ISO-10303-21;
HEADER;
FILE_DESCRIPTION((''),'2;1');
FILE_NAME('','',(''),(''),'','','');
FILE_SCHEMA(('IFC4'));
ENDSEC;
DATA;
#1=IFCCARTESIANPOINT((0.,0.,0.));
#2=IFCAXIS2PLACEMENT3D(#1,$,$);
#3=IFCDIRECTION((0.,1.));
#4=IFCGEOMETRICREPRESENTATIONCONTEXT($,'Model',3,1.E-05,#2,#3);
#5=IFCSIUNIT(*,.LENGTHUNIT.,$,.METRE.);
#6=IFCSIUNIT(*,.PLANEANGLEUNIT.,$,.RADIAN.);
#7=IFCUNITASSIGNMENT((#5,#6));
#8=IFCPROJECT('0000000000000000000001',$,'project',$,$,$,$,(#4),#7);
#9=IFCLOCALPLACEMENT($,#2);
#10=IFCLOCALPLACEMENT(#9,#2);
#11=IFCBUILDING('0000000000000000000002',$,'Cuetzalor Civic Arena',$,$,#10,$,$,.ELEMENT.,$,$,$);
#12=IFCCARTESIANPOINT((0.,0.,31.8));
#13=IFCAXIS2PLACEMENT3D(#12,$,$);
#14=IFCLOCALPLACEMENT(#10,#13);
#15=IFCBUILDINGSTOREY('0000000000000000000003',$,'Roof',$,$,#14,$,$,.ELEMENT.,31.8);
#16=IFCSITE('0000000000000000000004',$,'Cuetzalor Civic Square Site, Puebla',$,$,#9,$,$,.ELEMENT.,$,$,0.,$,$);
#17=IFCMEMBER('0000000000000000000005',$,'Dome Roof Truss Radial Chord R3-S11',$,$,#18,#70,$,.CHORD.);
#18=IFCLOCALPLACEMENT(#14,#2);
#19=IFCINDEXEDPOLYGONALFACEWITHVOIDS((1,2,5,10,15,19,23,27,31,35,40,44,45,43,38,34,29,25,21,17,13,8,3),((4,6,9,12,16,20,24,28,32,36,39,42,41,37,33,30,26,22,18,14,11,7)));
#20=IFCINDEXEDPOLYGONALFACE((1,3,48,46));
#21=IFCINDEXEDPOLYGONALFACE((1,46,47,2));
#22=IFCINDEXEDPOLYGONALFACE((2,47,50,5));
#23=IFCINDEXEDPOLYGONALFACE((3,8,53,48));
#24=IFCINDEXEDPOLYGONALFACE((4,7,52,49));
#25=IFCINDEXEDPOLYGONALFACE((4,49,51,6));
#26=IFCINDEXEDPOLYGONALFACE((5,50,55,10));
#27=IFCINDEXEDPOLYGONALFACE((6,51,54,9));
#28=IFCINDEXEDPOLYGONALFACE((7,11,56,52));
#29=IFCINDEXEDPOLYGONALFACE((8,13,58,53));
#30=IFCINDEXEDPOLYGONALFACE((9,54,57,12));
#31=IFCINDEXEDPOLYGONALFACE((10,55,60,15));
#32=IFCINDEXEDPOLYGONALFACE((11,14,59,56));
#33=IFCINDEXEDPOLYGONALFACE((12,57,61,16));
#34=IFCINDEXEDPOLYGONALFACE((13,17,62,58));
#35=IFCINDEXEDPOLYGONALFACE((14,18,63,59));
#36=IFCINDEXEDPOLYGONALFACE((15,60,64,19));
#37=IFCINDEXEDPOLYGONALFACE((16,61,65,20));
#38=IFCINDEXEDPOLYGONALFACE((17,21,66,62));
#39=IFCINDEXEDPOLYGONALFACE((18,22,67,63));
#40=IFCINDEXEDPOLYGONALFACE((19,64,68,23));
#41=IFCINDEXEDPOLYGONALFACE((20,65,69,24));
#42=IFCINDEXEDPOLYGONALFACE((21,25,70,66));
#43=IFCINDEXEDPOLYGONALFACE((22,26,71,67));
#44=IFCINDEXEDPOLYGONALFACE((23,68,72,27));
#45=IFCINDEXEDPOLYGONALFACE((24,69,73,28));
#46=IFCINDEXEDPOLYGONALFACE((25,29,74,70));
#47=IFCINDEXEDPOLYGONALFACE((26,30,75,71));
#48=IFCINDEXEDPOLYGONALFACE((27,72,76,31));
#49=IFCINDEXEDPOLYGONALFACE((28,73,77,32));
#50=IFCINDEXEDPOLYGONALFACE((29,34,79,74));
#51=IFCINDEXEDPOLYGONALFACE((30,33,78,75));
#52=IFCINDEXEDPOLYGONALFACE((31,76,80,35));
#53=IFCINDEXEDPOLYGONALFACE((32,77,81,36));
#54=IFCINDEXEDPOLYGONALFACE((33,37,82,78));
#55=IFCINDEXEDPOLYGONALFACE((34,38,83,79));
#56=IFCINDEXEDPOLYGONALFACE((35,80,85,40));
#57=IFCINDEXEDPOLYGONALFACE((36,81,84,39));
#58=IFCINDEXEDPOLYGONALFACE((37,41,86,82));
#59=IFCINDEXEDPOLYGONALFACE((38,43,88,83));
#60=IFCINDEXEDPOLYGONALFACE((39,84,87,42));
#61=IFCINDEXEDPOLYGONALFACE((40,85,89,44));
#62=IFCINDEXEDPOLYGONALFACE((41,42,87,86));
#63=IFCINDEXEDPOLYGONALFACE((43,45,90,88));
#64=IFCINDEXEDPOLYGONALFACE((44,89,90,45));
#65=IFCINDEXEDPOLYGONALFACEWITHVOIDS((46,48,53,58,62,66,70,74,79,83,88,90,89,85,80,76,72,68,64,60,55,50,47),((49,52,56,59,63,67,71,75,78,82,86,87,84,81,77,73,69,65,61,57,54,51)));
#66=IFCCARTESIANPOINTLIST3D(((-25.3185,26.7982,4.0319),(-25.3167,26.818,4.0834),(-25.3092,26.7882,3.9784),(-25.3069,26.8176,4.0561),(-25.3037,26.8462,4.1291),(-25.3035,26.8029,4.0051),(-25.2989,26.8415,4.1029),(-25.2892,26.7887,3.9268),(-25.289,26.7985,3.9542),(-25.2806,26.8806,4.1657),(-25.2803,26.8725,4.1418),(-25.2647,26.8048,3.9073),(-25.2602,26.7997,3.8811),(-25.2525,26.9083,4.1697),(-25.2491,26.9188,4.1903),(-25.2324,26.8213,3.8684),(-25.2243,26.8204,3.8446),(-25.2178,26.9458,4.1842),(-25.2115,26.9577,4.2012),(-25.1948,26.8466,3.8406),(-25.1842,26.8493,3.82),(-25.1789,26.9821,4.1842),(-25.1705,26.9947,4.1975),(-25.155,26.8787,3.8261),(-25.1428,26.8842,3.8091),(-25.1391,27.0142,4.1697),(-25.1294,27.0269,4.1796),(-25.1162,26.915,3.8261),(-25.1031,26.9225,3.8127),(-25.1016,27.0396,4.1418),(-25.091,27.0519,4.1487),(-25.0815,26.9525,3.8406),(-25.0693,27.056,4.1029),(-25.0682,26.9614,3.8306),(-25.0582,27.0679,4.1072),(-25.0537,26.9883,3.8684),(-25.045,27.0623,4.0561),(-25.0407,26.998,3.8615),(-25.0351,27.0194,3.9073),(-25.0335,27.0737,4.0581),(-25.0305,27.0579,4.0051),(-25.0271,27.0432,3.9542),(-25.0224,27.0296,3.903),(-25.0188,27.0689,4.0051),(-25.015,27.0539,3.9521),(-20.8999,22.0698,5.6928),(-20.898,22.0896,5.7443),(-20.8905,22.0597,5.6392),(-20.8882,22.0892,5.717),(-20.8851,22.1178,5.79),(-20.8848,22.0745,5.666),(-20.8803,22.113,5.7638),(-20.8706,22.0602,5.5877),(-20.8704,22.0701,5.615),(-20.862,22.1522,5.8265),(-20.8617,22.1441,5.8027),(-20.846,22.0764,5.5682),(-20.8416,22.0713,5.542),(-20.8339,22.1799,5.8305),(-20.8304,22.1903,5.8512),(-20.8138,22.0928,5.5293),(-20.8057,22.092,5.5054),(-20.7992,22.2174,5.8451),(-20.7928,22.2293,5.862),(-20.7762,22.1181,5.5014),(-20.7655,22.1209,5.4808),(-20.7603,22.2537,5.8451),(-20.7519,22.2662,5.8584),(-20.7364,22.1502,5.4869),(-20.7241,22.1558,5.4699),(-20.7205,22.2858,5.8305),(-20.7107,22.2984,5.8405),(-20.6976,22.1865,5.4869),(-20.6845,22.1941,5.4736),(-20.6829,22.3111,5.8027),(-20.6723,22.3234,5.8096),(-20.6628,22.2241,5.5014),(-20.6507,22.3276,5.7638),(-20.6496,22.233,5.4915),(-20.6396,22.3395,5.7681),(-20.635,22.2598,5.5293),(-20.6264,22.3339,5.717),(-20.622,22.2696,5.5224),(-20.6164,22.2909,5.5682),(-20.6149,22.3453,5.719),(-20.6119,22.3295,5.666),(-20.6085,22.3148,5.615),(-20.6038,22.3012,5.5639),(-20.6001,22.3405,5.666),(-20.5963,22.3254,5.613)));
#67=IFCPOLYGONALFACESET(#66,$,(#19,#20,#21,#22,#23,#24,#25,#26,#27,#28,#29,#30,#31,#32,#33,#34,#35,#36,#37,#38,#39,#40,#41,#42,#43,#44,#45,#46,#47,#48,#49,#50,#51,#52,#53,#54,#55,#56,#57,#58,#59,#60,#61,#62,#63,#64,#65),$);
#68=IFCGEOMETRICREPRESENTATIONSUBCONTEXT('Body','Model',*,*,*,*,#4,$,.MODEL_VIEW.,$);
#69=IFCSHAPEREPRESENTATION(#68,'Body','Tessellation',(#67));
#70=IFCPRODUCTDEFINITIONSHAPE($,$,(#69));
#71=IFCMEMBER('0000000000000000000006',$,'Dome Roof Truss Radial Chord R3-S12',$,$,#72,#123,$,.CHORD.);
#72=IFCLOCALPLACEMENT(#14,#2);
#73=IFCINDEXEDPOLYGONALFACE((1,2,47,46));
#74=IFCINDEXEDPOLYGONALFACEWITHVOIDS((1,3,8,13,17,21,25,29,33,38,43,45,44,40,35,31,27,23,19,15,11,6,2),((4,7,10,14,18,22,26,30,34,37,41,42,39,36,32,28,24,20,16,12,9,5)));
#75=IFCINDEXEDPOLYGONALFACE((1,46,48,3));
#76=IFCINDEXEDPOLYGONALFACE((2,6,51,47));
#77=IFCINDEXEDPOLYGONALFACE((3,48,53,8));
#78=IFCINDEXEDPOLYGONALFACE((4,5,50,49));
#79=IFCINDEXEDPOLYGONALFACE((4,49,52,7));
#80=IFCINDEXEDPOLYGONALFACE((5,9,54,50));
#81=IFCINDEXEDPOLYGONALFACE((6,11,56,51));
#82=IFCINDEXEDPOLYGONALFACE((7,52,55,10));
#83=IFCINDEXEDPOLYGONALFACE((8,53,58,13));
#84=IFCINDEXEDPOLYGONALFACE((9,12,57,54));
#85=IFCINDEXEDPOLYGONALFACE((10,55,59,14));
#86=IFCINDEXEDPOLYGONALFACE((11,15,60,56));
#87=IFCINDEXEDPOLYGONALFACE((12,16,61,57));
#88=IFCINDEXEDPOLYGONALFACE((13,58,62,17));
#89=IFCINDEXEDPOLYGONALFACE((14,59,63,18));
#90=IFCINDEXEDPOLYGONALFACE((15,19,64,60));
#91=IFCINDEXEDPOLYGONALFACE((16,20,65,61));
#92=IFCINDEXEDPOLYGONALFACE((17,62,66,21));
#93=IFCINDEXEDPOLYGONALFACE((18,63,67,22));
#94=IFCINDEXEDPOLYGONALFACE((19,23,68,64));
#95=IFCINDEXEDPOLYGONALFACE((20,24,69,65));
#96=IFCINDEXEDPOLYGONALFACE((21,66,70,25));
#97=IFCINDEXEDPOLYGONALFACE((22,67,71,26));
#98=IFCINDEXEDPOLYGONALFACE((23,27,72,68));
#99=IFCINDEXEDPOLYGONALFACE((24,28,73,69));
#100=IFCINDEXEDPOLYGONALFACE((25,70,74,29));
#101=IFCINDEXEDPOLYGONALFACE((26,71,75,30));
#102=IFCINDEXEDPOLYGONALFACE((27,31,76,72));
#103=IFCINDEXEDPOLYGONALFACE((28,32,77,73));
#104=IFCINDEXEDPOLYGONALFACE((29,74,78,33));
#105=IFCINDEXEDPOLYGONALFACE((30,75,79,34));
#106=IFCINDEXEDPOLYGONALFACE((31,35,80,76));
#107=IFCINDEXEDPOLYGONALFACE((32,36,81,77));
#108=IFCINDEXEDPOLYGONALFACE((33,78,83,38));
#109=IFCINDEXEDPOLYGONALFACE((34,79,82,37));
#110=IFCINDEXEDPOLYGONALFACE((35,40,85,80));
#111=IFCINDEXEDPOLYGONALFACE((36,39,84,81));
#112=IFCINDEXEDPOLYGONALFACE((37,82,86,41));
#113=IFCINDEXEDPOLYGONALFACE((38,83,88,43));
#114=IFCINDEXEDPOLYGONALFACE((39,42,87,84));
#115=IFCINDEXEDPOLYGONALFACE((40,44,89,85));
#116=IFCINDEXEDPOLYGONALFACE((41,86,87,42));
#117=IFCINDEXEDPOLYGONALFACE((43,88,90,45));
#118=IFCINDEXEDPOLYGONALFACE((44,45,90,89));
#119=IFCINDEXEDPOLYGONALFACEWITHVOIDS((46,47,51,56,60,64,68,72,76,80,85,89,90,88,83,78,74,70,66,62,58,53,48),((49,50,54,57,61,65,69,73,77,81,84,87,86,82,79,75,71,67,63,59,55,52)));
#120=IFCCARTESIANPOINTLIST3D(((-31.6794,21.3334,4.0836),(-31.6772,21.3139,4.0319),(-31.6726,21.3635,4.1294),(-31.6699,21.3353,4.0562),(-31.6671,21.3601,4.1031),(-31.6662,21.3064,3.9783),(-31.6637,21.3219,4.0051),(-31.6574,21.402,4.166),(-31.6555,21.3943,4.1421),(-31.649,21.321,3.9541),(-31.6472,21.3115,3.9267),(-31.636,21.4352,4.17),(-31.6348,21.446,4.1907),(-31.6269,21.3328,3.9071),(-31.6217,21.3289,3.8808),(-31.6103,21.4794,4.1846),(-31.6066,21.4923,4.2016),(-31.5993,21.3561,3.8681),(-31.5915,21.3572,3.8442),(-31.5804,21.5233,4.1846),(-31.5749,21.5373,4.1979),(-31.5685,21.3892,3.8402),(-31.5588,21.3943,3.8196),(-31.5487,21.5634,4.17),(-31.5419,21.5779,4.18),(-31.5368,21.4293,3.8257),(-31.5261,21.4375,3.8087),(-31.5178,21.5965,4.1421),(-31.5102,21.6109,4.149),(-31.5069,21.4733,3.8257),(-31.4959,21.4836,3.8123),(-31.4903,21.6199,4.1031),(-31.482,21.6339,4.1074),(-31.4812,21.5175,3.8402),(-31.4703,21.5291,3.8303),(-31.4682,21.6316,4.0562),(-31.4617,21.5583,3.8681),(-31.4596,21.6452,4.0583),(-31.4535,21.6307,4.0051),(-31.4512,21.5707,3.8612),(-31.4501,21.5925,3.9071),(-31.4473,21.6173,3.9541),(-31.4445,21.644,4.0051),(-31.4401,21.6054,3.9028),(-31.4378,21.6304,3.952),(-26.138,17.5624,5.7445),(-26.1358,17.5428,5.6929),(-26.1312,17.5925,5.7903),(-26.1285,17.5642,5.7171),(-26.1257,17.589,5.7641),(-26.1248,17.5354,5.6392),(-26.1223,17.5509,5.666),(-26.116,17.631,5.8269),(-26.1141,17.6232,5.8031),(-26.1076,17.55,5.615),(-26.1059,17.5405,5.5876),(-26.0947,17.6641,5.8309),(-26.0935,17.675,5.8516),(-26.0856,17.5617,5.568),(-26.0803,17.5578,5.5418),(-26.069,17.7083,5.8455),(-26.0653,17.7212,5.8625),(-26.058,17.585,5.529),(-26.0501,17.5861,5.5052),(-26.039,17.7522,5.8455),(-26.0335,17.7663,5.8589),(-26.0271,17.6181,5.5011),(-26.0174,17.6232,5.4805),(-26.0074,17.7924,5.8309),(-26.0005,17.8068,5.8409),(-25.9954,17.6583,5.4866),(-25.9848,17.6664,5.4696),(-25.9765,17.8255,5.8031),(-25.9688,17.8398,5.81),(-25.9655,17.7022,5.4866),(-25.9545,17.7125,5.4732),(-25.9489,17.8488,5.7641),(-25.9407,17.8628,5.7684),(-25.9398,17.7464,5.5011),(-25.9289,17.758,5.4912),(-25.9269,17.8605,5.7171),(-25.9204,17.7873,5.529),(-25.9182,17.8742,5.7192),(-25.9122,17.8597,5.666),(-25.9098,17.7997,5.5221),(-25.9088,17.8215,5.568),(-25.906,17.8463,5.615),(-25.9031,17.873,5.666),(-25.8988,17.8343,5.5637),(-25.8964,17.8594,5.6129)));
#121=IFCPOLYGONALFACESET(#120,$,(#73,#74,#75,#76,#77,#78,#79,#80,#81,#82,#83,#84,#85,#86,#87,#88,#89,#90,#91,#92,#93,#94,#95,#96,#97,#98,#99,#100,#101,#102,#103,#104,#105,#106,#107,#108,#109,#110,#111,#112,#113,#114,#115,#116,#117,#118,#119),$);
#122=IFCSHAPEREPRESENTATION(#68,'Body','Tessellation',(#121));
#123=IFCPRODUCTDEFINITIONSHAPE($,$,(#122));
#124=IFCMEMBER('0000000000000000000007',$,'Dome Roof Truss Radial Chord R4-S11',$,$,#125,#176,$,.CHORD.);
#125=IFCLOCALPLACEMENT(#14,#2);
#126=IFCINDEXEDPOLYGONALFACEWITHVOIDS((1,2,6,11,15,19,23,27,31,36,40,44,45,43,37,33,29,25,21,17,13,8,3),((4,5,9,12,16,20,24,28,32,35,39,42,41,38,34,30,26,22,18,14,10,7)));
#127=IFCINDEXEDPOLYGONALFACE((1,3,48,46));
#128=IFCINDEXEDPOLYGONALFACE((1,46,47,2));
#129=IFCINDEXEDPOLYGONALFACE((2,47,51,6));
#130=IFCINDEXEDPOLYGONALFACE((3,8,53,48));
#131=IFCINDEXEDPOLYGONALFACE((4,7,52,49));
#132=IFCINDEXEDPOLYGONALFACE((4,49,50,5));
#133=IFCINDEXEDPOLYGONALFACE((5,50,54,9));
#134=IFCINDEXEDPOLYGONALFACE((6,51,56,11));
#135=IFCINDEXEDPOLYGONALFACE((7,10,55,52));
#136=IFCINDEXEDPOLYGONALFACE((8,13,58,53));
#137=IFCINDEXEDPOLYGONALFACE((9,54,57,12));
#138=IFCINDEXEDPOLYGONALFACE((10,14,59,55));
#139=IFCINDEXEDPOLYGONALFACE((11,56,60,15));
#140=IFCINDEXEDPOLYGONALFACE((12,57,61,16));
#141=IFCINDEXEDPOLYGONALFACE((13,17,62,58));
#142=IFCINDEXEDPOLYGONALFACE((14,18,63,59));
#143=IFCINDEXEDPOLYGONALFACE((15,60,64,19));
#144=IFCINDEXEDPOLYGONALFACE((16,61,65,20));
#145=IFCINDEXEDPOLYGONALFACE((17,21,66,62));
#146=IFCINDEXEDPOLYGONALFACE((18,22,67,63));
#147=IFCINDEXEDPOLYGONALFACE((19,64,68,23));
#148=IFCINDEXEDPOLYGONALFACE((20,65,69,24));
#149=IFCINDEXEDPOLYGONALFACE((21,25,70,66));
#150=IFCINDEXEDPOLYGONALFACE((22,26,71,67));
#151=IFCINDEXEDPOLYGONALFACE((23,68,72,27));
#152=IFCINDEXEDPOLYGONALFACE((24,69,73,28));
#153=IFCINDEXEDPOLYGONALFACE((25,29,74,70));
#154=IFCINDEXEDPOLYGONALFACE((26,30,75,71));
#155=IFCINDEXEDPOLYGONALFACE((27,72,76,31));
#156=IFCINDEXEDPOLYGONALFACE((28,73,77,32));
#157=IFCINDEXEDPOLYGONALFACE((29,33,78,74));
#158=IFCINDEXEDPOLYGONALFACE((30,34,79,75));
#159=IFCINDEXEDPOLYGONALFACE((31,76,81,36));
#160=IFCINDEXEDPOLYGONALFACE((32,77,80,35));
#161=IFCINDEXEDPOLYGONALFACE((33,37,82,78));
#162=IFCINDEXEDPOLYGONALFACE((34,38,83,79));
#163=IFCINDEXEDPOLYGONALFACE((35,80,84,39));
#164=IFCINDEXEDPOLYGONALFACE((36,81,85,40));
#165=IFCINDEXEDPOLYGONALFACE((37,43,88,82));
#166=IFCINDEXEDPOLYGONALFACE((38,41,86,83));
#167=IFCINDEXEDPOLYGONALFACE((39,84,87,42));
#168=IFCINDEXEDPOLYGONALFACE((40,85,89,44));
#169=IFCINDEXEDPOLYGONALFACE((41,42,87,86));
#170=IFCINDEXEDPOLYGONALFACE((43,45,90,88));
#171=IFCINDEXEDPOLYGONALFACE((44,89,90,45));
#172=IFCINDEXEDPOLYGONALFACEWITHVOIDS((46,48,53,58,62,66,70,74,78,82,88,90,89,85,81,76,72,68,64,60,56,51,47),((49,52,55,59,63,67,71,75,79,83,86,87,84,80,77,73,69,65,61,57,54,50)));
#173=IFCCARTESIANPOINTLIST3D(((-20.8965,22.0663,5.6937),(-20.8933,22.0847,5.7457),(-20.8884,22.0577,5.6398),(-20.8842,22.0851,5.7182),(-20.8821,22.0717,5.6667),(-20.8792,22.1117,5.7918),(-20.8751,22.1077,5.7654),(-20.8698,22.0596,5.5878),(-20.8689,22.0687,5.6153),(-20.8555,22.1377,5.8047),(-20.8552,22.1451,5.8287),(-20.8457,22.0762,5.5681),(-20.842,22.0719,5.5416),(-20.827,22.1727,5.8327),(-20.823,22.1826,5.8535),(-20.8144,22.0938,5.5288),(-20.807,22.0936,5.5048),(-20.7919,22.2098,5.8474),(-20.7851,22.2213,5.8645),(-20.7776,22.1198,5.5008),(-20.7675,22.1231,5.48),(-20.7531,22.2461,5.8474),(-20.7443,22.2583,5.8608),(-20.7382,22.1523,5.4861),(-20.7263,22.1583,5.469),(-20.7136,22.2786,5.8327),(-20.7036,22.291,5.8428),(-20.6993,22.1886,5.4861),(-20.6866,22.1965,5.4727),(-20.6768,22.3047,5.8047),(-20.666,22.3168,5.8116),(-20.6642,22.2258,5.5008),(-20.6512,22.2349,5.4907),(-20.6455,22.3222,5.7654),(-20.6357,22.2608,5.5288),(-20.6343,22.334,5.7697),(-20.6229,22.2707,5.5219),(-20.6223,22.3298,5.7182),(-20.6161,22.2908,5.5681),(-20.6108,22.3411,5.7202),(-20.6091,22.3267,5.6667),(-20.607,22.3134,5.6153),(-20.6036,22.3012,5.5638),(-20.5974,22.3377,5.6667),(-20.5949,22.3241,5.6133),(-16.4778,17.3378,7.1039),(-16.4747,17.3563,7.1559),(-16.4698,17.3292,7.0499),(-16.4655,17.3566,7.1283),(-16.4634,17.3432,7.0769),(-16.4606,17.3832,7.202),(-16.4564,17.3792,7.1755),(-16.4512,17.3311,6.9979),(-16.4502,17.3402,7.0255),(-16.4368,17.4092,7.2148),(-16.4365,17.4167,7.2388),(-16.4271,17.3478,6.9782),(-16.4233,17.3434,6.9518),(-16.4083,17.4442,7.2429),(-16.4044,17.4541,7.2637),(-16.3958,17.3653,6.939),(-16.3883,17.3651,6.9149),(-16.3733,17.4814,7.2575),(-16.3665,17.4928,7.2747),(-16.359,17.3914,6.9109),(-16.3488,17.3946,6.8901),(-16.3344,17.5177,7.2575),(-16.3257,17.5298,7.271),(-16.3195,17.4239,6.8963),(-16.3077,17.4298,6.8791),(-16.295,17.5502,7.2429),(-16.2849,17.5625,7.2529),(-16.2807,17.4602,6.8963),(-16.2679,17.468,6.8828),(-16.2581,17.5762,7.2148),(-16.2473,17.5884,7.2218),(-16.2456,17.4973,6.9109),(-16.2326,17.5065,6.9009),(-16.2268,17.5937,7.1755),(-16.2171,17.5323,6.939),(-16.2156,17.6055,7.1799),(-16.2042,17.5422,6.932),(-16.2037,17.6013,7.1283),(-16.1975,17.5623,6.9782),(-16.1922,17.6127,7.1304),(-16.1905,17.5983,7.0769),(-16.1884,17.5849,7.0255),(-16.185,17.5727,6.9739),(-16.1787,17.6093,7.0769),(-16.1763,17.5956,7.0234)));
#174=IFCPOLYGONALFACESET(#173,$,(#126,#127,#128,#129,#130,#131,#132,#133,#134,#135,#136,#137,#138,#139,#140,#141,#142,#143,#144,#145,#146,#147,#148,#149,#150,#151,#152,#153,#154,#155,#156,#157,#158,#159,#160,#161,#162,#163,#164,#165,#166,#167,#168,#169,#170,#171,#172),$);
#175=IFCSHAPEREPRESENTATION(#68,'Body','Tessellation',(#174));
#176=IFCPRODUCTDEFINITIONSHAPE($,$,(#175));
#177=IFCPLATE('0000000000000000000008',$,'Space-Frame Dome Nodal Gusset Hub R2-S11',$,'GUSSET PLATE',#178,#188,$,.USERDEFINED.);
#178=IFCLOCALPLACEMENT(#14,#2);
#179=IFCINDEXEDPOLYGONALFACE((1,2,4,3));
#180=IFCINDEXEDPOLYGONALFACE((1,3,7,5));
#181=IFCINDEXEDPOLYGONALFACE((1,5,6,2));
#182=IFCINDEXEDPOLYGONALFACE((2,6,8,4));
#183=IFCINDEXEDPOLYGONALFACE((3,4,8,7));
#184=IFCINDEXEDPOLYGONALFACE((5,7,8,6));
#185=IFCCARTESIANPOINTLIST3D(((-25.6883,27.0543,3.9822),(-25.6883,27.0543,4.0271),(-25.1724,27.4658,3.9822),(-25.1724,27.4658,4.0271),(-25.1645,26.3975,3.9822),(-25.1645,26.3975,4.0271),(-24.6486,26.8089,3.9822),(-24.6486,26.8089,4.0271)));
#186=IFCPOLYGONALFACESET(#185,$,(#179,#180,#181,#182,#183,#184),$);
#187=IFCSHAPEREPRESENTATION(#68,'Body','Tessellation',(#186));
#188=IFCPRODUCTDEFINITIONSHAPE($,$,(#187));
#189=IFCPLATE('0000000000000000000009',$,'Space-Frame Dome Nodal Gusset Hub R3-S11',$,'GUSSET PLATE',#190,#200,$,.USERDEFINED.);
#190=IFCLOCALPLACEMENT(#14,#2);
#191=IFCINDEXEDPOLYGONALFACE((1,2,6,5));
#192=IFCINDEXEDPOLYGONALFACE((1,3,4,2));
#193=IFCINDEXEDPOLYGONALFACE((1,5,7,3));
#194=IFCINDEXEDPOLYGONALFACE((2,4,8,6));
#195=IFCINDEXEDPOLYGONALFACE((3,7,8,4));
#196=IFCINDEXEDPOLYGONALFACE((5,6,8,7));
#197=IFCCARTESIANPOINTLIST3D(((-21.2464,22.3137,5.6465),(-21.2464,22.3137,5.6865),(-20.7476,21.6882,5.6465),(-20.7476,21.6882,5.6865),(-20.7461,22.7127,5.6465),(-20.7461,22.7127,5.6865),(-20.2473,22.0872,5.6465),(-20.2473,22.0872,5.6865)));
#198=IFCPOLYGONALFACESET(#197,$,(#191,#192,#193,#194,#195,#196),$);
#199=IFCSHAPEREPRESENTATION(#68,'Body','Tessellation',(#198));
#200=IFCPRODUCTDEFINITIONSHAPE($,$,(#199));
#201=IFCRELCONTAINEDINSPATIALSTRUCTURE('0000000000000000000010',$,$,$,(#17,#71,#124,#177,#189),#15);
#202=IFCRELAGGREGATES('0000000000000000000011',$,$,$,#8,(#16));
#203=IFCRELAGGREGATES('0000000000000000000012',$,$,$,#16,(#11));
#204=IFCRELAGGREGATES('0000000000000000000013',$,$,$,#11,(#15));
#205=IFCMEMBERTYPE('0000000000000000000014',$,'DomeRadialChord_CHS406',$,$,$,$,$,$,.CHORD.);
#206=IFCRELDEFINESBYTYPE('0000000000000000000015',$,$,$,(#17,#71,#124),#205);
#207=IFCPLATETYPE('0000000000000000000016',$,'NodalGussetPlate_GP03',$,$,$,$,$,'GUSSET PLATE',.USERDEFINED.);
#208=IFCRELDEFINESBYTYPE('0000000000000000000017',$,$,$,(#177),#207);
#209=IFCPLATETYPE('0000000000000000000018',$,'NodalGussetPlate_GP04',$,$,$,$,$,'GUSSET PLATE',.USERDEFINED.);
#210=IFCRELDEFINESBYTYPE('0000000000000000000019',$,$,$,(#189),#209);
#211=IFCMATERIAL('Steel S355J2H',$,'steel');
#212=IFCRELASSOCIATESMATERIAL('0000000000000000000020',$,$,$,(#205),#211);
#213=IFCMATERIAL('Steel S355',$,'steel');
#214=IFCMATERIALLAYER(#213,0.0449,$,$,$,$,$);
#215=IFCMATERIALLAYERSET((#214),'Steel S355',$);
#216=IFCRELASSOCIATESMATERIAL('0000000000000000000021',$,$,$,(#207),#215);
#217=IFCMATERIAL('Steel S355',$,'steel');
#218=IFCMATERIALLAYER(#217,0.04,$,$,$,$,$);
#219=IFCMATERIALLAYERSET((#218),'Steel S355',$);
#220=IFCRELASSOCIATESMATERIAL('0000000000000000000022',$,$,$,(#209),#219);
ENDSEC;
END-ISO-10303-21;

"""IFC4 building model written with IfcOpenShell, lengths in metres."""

from ifc_helpers import new_model, si_unit, direction, frame, origin, origin_2d, place, context, subcontext, project, spatial, rectangle, hollow_circle, extrude, material, layer, layer_set, material_profile, profile_set, type_object, element, save


model = new_model("IFC4")

# Units and contexts
model_context = context("Model", 3, precision=1e-05, world=origin(), true_north=direction((0.0, 1.0)))
body_context = subcontext(model_context, "Body", "Model", "MODEL_VIEW")
ifc_project = project(units=[si_unit("LENGTHUNIT", "METRE"), si_unit("PLANEANGLEUNIT", "RADIAN")], contexts=[model_context])

# Site, building, storey
site_placement = place(None, origin())
site = spatial("IfcSite", under=ifc_project, at=site_placement, Name="Cuetzalor Civic Square Site, Puebla", CompositionType="ELEMENT", RefElevation=0.0)
building_placement = place(site_placement, origin())
building = spatial("IfcBuilding", under=site, at=building_placement, Name="Cuetzalor Civic Arena", CompositionType="ELEMENT")
storey_placement = place(building_placement, frame((0.0, 0.0, 31.8)))
storey = spatial("IfcBuildingStorey", under=building, at=storey_placement, Name="Roof", CompositionType="ELEMENT", Elevation=31.8)

# Members
ifc_material_1 = material(Name="Steel S355J2H", Category="steel")
ifc_material_profile_1 = material_profile(ifc_material_1, hollow_circle(Radius=0.2029, WallThickness=0.0161, at=origin_2d()), Name="CHS 406x16")
ifc_profile_set_1 = profile_set([ifc_material_profile_1], Name="Steel S355J2H")
member_type_1 = type_object("IfcMemberType", Name="DomeRadialChord_CHS406", PredefinedType="CHORD", material=ifc_profile_set_1)
member_1_placement = place(storey_placement, frame((-25.167, 26.9304, 4.0051), z_axis=(0.661335, -0.707704, 0.248581), x_axis=(0.730637, 0.682766, 0.0)))
element("IfcMember", 1, at=member_1_placement, inside=storey, type_object=member_type_1, Name="Dome Roof Truss Radial Chord R3-S11", PredefinedType="CHORD", context=body_context, shape_type="SweptSolid", body=[
    extrude(hollow_circle(Radius=0.2029, WallThickness=0.0161, at=origin_2d()), origin(), (0.0, 0.0, 1.0), 6.6814),
])
member_2_placement = place(storey_placement, frame((-31.5586, 21.4763, 4.0051), z_axis=(0.802453, -0.546094, 0.24052), x_axis=(0.56261, 0.826723, 0.0)))
element("IfcMember", 2, at=member_2_placement, inside=storey, type_object=member_type_1, Name="Dome Roof Truss Radial Chord R3-S12", PredefinedType="CHORD", context=body_context, shape_type="SweptSolid", body=[
    extrude(hollow_circle(Radius=0.2029, WallThickness=0.0161, at=origin_2d()), origin(), (0.0, 0.0, 1.0), 6.9055),
])
member_3_placement = place(storey_placement, frame((-20.7456, 22.1992, 5.6667), z_axis=(0.667113, -0.713887, 0.212898), x_axis=(0.730637, 0.682766, 0.0)))
element("IfcMember", 3, at=member_3_placement, inside=storey, type_object=member_type_1, Name="Dome Roof Truss Radial Chord R4-S11", PredefinedType="CHORD", context=body_context, shape_type="SweptSolid", body=[
    extrude(hollow_circle(Radius=0.2029, WallThickness=0.0161, at=origin_2d()), origin(), (0.0, 0.0, 1.0), 6.6235),
])

# Plates
ifc_material_2 = material(Name="Steel S355", Category="steel")
ifc_layer_1 = layer(ifc_material_2, 0.0449)
ifc_layer_set_1 = layer_set([ifc_layer_1], Name="Steel S355")
plate_type_1 = type_object("IfcPlateType", Name="NodalGussetPlate_GP03", ElementType="GUSSET PLATE", PredefinedType="USERDEFINED", material=ifc_layer_set_1)
plate_1_placement = place(storey_placement, frame((-25.1685, 26.9316, 3.9822), z_axis=(0.0, 0.0, 1.0), x_axis=(-0.62347, 0.781847, 0.0)))
element("IfcPlate", 4, at=plate_1_placement, inside=storey, type_object=plate_type_1, Name="Space-Frame Dome Nodal Gusset Hub R2-S11", ObjectType="GUSSET PLATE", PredefinedType="USERDEFINED", context=body_context, shape_type="SweptSolid", body=[
    extrude(rectangle(XDim=0.8401, YDim=0.6599, at=origin_2d()), origin(), (0.0, 0.0, 1.0), 0.0449),
])
ifc_material_3 = material(Name="Steel S355", Category="steel")
ifc_layer_2 = layer(ifc_material_3, 0.04)
ifc_layer_set_2 = layer_set([ifc_layer_2], Name="Steel S355")
plate_type_2 = type_object("IfcPlateType", Name="NodalGussetPlate_GP04", ElementType="GUSSET PLATE", PredefinedType="USERDEFINED", material=ifc_layer_set_2)
plate_2_placement = place(storey_placement, frame((-20.7468, 22.2004, 5.6465), z_axis=(0.0, 0.0, 1.0), x_axis=(-0.62347, 0.781847, 0.0)))
element("IfcPlate", 5, at=plate_2_placement, inside=storey, type_object=plate_type_2, Name="Space-Frame Dome Nodal Gusset Hub R3-S11", ObjectType="GUSSET PLATE", PredefinedType="USERDEFINED", context=body_context, shape_type="SweptSolid", body=[
    extrude(rectangle(XDim=0.8, YDim=0.6399, at=origin_2d()), origin(), (0.0, 0.0, 1.0), 0.04),
])

save(model, "model.ifc")
